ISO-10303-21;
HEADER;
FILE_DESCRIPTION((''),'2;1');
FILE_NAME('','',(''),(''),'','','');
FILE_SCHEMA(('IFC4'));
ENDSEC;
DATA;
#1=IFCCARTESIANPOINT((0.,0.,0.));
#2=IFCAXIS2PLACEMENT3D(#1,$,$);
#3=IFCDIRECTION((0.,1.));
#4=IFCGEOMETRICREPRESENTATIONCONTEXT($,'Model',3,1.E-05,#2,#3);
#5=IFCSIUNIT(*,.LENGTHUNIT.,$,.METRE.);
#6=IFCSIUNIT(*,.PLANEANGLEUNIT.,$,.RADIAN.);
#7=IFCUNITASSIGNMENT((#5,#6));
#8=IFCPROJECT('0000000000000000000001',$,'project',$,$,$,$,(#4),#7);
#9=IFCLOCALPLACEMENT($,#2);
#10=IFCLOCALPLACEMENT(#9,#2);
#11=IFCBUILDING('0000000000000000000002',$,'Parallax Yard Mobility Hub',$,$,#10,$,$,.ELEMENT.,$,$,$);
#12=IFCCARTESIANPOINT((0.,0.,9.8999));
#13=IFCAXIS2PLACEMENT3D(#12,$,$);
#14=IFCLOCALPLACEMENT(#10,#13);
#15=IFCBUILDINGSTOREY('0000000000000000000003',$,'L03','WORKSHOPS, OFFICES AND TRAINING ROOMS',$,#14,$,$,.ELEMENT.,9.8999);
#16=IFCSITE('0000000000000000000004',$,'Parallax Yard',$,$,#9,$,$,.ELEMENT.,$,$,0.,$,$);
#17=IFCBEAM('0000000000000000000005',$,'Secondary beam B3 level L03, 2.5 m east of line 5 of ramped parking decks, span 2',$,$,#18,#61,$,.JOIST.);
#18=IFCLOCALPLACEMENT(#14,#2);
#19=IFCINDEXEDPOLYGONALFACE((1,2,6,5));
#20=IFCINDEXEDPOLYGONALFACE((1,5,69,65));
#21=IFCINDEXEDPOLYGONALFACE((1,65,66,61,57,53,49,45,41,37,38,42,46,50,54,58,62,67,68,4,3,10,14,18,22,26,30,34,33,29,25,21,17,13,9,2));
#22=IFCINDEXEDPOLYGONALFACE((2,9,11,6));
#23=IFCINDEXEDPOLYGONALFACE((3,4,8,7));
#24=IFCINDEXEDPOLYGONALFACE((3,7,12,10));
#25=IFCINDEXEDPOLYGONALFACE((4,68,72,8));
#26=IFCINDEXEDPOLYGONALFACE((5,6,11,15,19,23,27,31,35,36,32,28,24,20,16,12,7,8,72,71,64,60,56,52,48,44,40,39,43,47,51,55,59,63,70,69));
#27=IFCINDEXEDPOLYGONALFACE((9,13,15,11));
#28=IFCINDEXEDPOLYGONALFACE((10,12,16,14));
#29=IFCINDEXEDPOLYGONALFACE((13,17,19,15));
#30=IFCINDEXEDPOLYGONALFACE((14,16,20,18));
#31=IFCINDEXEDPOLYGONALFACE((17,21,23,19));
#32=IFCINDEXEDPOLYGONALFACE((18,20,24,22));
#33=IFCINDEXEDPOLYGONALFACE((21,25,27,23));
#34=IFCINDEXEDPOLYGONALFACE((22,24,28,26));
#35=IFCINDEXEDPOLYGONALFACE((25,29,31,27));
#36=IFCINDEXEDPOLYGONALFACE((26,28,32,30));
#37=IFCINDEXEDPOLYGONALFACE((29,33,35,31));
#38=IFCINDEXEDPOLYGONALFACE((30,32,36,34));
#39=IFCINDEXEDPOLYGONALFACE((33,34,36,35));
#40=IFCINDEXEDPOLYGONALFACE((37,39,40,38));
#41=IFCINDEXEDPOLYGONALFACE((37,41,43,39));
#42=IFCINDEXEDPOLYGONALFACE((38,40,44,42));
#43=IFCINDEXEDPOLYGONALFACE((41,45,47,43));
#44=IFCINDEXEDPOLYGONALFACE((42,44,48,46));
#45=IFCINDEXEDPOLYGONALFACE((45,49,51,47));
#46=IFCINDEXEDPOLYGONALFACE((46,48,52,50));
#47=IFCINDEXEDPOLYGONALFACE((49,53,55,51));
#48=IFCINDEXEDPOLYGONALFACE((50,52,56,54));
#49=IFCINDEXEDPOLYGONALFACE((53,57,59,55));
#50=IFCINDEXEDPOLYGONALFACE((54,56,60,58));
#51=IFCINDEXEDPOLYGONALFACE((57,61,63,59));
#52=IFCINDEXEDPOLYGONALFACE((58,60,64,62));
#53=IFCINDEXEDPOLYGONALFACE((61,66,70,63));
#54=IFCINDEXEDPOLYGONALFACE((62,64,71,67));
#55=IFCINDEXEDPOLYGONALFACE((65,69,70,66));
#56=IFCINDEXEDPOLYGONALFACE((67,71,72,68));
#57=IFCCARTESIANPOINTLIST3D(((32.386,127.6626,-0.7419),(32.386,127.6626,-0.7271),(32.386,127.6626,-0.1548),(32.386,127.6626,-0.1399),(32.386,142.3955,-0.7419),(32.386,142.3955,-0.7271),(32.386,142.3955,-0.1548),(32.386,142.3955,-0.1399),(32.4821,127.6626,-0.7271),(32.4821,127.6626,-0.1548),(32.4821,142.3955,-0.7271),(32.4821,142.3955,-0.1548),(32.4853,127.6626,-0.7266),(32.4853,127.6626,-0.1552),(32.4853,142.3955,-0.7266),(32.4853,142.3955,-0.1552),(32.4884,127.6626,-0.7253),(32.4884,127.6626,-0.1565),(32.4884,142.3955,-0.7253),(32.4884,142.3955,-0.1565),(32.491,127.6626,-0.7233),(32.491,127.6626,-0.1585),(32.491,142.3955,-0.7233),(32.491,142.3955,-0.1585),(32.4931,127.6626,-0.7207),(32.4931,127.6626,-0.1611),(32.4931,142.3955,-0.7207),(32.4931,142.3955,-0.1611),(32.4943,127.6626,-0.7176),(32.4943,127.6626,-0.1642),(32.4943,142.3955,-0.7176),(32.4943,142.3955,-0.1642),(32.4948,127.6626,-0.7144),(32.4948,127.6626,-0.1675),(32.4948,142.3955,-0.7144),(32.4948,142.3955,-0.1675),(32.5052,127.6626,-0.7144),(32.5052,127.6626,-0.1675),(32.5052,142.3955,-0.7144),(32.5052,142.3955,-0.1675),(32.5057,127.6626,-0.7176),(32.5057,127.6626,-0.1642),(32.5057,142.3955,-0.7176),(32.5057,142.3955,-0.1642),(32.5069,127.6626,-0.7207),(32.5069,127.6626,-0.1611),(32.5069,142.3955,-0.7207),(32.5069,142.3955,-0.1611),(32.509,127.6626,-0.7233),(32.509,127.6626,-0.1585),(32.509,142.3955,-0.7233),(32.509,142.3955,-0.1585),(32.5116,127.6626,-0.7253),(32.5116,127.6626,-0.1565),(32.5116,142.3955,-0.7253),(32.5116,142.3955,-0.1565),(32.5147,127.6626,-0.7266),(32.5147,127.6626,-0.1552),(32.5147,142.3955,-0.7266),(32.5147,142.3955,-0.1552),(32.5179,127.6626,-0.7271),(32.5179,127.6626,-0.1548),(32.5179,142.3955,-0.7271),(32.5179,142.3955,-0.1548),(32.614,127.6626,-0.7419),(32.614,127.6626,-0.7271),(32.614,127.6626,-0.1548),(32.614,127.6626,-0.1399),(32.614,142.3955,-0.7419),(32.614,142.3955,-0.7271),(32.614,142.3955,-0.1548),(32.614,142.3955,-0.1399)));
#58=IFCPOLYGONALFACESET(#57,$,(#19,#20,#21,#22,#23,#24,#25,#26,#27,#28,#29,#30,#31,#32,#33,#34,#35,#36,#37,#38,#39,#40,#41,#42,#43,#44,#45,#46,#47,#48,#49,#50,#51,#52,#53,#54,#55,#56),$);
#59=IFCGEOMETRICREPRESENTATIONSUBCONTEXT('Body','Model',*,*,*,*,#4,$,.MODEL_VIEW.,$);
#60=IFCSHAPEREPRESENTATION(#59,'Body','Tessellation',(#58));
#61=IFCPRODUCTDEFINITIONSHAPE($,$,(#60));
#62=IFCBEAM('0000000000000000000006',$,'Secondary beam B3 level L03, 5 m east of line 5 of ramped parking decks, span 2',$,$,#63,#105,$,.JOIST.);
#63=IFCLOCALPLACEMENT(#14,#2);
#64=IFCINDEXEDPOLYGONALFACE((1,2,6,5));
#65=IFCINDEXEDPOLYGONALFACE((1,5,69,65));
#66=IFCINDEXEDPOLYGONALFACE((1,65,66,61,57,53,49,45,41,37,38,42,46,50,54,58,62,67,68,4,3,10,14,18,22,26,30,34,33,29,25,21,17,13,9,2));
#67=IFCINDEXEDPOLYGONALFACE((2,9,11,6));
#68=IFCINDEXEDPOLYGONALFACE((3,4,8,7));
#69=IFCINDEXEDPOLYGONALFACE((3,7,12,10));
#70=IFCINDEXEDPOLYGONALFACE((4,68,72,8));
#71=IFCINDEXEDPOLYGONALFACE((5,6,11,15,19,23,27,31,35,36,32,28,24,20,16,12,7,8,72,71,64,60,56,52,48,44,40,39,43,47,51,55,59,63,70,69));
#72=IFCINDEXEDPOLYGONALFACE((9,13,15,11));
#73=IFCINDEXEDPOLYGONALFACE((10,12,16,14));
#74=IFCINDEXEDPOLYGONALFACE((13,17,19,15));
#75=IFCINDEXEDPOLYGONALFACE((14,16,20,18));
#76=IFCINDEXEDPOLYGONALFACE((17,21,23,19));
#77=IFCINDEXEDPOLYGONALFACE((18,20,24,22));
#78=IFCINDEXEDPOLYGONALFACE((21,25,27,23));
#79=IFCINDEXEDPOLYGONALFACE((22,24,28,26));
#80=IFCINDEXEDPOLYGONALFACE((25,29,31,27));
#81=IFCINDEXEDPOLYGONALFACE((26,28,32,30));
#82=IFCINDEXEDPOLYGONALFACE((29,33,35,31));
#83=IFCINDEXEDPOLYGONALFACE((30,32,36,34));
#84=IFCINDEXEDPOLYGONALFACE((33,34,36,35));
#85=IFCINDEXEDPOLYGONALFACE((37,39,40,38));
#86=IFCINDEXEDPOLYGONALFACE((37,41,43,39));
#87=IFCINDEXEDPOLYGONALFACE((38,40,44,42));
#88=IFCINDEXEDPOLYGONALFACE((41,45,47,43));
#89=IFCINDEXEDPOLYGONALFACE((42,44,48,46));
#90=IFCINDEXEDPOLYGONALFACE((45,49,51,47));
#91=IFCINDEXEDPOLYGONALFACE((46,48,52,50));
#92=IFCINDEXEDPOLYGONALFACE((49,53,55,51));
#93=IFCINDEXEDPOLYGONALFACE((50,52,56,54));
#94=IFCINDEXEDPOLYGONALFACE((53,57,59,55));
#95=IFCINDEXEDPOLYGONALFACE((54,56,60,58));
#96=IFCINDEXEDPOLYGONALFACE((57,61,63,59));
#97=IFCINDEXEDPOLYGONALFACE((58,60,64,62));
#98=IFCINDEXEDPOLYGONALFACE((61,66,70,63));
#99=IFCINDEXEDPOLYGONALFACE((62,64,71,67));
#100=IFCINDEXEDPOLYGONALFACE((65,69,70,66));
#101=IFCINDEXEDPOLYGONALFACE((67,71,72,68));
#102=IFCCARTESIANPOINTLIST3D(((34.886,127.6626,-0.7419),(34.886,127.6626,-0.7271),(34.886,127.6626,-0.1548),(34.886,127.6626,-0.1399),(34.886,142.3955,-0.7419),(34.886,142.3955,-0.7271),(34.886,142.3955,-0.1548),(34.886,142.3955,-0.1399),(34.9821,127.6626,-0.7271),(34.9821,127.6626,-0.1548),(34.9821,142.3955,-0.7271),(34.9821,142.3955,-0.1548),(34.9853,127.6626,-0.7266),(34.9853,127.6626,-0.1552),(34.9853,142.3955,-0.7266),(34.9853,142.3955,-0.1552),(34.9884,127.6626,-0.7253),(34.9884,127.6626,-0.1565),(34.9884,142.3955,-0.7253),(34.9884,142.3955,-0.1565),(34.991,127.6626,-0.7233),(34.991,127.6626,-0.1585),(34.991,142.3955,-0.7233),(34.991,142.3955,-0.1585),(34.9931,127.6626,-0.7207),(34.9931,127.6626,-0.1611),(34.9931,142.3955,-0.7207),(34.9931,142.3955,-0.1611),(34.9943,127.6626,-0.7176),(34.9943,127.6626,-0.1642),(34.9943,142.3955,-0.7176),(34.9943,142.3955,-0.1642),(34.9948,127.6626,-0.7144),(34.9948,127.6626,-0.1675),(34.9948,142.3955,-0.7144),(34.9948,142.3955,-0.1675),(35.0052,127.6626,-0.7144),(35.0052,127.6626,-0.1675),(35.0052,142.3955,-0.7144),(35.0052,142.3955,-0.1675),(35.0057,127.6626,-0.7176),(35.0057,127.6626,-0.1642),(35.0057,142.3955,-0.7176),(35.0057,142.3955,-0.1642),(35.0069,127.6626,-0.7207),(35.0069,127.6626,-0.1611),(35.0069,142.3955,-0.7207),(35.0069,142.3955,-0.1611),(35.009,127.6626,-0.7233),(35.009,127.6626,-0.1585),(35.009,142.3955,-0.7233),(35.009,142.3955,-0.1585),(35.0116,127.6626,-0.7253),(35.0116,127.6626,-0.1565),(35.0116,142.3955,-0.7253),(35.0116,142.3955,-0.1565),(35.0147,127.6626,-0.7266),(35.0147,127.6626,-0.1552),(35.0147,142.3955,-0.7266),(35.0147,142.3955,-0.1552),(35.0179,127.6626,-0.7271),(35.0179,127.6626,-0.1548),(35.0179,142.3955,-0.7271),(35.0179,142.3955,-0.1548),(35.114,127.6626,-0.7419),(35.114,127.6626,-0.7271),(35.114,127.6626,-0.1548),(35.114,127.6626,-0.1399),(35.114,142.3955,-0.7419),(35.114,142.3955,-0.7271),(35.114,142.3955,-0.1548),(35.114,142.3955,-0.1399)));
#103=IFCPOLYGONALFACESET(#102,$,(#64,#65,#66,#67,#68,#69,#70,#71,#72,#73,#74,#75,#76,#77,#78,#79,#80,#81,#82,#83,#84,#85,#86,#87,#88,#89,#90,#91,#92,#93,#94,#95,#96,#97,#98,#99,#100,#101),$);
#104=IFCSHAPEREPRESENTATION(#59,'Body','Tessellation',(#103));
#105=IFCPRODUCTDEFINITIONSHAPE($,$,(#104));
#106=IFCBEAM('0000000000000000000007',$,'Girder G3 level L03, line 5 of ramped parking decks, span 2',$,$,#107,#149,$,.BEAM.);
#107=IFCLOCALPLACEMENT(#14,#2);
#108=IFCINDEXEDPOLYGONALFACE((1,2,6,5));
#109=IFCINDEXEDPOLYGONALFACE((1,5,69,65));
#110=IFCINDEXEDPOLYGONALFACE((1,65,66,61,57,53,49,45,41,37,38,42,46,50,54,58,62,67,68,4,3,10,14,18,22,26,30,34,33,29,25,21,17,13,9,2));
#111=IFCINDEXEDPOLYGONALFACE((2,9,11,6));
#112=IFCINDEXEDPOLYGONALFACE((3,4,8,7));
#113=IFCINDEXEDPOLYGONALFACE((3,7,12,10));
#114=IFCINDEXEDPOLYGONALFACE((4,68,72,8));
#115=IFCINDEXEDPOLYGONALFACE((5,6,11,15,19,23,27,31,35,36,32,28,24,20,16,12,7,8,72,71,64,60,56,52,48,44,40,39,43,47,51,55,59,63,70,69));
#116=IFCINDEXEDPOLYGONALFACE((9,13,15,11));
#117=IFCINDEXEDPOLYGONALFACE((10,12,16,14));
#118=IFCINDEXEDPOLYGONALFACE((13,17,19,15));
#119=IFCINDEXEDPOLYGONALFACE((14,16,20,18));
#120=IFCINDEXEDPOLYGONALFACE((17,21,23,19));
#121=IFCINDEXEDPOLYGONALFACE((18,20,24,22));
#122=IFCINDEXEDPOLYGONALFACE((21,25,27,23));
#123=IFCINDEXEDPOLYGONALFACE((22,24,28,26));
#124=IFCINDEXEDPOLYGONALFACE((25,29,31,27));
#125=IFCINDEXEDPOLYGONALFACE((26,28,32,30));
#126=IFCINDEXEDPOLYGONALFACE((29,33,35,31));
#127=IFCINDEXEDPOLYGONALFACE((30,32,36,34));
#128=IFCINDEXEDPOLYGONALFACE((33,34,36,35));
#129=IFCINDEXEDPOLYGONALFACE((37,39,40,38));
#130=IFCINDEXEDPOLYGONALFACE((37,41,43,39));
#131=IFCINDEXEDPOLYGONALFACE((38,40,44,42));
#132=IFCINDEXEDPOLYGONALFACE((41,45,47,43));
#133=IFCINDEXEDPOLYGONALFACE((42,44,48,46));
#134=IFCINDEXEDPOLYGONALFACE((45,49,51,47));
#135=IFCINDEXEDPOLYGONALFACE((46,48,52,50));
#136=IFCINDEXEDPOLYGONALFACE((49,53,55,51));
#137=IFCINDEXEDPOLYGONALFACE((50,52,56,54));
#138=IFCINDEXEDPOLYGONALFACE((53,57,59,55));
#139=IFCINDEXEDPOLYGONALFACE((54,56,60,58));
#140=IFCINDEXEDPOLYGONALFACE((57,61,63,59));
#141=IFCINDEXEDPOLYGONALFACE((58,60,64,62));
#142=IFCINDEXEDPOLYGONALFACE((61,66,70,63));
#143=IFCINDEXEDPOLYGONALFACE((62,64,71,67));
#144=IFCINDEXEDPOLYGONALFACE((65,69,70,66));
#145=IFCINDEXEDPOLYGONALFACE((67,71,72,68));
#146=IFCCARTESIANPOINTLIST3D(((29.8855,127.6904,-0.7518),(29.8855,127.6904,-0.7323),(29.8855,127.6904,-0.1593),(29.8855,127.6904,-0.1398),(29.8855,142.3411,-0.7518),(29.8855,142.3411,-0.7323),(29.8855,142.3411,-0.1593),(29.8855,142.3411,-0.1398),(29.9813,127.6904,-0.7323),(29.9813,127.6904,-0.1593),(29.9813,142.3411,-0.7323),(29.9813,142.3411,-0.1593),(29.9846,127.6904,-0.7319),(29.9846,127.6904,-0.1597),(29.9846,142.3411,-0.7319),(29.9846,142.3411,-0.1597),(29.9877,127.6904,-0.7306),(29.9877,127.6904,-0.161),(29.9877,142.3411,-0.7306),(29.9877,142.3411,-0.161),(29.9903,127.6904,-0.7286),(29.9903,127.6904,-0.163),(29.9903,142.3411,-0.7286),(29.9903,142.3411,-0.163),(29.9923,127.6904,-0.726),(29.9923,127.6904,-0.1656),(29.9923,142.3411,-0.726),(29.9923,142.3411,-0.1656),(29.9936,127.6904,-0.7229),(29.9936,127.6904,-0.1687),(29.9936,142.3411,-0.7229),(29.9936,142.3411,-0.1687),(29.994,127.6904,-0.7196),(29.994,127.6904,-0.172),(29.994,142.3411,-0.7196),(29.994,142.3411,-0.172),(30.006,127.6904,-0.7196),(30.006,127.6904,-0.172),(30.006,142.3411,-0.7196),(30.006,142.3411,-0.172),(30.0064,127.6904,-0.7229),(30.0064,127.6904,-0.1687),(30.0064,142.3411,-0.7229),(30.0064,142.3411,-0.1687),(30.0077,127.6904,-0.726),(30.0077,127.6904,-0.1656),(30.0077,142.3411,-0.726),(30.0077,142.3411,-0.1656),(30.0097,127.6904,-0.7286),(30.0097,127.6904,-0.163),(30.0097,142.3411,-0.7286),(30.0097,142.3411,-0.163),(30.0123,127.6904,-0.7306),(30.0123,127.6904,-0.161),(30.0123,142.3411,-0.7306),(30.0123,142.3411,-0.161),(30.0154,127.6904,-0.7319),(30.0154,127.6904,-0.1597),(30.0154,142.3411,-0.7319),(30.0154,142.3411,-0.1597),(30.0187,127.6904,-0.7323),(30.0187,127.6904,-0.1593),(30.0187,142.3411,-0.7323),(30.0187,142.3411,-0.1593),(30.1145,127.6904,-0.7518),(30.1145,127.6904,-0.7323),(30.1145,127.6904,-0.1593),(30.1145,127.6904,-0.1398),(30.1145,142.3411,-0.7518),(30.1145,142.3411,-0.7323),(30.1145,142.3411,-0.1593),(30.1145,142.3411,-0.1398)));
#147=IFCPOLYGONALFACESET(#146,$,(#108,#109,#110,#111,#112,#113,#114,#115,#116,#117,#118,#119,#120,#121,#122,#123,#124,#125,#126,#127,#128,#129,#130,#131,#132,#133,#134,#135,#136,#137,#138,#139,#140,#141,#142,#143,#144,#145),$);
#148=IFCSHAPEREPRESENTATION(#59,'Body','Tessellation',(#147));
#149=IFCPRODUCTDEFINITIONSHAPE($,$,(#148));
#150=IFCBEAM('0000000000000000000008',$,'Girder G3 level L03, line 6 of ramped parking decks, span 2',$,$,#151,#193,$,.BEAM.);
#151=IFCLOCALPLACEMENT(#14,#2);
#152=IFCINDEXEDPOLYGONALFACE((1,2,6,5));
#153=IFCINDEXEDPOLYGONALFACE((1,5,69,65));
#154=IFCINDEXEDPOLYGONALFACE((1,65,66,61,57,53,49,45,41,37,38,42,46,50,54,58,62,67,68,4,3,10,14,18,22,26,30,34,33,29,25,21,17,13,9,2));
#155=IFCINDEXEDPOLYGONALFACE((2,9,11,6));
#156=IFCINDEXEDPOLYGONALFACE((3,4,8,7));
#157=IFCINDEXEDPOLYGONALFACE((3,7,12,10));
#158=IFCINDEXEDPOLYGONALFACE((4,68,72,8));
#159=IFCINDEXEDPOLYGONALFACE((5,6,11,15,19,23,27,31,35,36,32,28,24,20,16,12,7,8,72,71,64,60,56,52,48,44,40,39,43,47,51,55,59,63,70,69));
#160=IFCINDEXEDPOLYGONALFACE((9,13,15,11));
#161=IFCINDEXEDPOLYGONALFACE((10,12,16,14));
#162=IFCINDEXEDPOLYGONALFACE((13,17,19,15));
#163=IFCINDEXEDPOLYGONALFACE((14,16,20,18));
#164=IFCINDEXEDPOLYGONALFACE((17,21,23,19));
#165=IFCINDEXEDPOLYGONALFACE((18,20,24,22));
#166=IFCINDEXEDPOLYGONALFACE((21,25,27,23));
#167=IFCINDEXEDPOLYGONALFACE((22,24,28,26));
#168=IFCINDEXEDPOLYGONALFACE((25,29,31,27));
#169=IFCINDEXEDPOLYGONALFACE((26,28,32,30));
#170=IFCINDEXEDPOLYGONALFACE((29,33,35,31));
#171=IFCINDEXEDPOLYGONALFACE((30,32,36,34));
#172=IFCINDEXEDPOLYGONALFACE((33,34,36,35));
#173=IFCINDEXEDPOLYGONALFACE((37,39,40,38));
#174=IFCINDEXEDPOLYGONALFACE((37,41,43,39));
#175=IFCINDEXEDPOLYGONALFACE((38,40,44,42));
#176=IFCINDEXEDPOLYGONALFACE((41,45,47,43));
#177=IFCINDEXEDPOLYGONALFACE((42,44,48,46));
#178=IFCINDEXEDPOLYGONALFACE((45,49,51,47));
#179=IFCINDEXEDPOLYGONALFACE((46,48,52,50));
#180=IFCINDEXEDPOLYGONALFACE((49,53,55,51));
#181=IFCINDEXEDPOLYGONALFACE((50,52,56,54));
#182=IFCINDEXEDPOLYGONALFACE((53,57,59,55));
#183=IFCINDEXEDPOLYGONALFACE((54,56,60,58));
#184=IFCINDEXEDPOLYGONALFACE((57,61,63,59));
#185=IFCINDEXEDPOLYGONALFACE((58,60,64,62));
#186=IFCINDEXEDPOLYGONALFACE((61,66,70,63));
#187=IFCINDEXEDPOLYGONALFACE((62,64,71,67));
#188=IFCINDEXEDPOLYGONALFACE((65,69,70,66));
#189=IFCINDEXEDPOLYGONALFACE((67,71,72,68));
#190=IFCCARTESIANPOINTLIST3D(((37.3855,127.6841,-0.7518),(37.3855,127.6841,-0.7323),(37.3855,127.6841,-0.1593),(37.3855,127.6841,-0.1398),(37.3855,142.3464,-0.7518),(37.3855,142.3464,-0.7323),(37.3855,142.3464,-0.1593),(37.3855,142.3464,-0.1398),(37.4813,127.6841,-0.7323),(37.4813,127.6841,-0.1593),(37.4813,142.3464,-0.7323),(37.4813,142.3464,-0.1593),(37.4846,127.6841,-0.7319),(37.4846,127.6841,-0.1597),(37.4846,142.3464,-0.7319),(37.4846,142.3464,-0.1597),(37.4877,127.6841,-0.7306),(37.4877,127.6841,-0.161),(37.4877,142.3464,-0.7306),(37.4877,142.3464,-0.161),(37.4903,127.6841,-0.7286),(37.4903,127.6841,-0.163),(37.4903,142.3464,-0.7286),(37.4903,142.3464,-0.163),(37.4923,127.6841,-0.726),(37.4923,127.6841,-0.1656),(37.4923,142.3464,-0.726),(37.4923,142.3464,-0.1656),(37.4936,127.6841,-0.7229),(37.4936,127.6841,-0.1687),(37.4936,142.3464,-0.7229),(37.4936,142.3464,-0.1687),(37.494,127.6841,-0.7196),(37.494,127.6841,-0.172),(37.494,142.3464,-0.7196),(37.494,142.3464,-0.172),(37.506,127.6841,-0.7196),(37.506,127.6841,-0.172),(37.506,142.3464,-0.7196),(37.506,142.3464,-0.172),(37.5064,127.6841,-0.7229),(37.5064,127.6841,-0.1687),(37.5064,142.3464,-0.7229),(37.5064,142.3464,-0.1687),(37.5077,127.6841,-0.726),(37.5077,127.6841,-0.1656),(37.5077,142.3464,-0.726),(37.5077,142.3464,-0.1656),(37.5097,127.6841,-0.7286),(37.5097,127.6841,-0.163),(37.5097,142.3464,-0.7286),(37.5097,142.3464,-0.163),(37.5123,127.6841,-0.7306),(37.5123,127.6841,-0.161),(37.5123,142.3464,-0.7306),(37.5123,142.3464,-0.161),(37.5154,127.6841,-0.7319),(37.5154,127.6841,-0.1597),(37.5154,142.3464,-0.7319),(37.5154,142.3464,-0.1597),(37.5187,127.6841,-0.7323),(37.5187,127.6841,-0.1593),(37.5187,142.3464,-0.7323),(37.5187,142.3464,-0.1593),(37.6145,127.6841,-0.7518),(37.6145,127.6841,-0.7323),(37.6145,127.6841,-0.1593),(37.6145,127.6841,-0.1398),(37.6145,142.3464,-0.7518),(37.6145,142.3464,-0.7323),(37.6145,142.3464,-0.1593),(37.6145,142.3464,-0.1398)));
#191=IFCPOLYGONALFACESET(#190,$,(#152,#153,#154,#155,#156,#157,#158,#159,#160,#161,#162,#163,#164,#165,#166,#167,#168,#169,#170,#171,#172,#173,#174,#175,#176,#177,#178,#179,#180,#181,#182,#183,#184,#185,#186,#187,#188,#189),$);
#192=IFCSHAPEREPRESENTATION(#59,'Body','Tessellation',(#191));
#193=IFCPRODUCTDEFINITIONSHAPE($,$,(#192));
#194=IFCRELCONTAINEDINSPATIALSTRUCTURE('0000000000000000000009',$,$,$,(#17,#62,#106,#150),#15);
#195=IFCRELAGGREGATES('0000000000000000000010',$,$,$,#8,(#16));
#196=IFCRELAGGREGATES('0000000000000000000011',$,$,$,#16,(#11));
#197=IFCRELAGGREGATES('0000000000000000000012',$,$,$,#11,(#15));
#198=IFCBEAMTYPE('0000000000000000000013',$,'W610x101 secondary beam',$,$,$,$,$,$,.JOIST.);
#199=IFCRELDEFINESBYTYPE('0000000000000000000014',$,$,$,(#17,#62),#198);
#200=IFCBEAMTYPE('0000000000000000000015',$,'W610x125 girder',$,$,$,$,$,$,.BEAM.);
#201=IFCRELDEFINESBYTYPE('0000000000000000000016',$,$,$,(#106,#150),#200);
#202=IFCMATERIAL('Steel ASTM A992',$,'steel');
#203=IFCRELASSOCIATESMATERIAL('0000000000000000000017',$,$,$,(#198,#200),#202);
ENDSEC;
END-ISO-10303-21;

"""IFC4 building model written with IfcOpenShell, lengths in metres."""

from ifc_helpers import new_model, si_unit, direction, frame, origin, origin_2d, place, context, subcontext, project, spatial, i_section, extrude, material, material_profile, profile_set, type_object, element, save


model = new_model("IFC4")

# Units and contexts
model_context = context("Model", 3, precision=1e-05, world=origin(), true_north=direction((0.0, 1.0)))
body_context = subcontext(model_context, "Body", "Model", "MODEL_VIEW")
ifc_project = project(units=[si_unit("LENGTHUNIT", "METRE"), si_unit("PLANEANGLEUNIT", "RADIAN")], contexts=[model_context])

# Site, building, storey
site_placement = place(None, origin())
site = spatial("IfcSite", under=ifc_project, at=site_placement, Name="Parallax Yard", CompositionType="ELEMENT", RefElevation=0.0)
building_placement = place(site_placement, origin())
building = spatial("IfcBuilding", under=site, at=building_placement, Name="Parallax Yard Mobility Hub", CompositionType="ELEMENT")
storey_placement = place(building_placement, frame((0.0, 0.0, 9.8999)))
storey = spatial("IfcBuildingStorey", under=building, at=storey_placement, Name="L03", Description="WORKSHOPS, OFFICES AND TRAINING ROOMS", CompositionType="ELEMENT", Elevation=9.8999)

# Shared definitions
ifc_material_1 = material(Name="Steel ASTM A992", Category="steel")

# Beams
ifc_material_profile_1 = material_profile(ifc_material_1, i_section(OverallWidth=0.228, OverallDepth=0.6021, WebThickness=0.0105, FlangeThickness=0.0149, FilletRadius=0.0127, at=origin_2d()), Name="W610x101")
ifc_profile_set_1 = profile_set([ifc_material_profile_1], Name="Steel ASTM A992")
beam_type_1 = type_object("IfcBeamType", Name="W610x101 secondary beam", PredefinedType="JOIST", material=ifc_profile_set_1)
for number, where, z_axis, x_axis, name in (
    (1, (32.5, 127.6626, -0.4409), (0.0, 1.0, 0.0), (-1.0, 0.0, 0.0), "Secondary beam B3 level L03, 2.5 m east of line 5 of ramped parking decks, span 2"),
    (2, (35.0, 127.6626, -0.4409), (0.0, 1.0, 0.0), (-1.0, 0.0, 0.0), "Secondary beam B3 level L03, 5 m east of line 5 of ramped parking decks, span 2"),
):
    element("IfcBeam", number, at=place(storey_placement, frame(where, z_axis=z_axis, x_axis=x_axis)), inside=storey, type_object=beam_type_1, Name=name, PredefinedType="JOIST", context=body_context, shape_type="SweptSolid", body=[
        extrude(i_section(OverallWidth=0.228, OverallDepth=0.6021, WebThickness=0.0105, FlangeThickness=0.0149, FilletRadius=0.0127, at=origin_2d()), origin(), (0.0, 0.0, 1.0), 14.7329),
    ])
ifc_material_profile_2 = material_profile(ifc_material_1, i_section(OverallWidth=0.229, OverallDepth=0.6121, WebThickness=0.012, FlangeThickness=0.0195, FilletRadius=0.0127, at=origin_2d()), Name="W610x125")
ifc_profile_set_2 = profile_set([ifc_material_profile_2], Name="Steel ASTM A992")
beam_type_2 = type_object("IfcBeamType", Name="W610x125 girder", PredefinedType="BEAM", material=ifc_profile_set_2)
beam_1_placement = place(storey_placement, frame((30.0, 127.6904, -0.4458), z_axis=(0.0, 1.0, 0.0), x_axis=(-1.0, 0.0, 0.0)))
element("IfcBeam", 3, at=beam_1_placement, inside=storey, type_object=beam_type_2, Name="Girder G3 level L03, line 5 of ramped parking decks, span 2", PredefinedType="BEAM", context=body_context, shape_type="SweptSolid", body=[
    extrude(i_section(OverallWidth=0.229, OverallDepth=0.6121, WebThickness=0.012, FlangeThickness=0.0195, FilletRadius=0.0127, at=origin_2d()), origin(), (0.0, 0.0, 1.0), 14.6506),
])
beam_2_placement = place(storey_placement, frame((37.5, 127.6841, -0.4458), z_axis=(0.0, 1.0, 0.0), x_axis=(-1.0, 0.0, 0.0)))
element("IfcBeam", 4, at=beam_2_placement, inside=storey, type_object=beam_type_2, Name="Girder G3 level L03, line 6 of ramped parking decks, span 2", PredefinedType="BEAM", context=body_context, shape_type="SweptSolid", body=[
    extrude(i_section(OverallWidth=0.229, OverallDepth=0.6121, WebThickness=0.012, FlangeThickness=0.0195, FilletRadius=0.0127, at=origin_2d()), origin(), (0.0, 0.0, 1.0), 14.6624),
])

save(model, "model.ifc")
